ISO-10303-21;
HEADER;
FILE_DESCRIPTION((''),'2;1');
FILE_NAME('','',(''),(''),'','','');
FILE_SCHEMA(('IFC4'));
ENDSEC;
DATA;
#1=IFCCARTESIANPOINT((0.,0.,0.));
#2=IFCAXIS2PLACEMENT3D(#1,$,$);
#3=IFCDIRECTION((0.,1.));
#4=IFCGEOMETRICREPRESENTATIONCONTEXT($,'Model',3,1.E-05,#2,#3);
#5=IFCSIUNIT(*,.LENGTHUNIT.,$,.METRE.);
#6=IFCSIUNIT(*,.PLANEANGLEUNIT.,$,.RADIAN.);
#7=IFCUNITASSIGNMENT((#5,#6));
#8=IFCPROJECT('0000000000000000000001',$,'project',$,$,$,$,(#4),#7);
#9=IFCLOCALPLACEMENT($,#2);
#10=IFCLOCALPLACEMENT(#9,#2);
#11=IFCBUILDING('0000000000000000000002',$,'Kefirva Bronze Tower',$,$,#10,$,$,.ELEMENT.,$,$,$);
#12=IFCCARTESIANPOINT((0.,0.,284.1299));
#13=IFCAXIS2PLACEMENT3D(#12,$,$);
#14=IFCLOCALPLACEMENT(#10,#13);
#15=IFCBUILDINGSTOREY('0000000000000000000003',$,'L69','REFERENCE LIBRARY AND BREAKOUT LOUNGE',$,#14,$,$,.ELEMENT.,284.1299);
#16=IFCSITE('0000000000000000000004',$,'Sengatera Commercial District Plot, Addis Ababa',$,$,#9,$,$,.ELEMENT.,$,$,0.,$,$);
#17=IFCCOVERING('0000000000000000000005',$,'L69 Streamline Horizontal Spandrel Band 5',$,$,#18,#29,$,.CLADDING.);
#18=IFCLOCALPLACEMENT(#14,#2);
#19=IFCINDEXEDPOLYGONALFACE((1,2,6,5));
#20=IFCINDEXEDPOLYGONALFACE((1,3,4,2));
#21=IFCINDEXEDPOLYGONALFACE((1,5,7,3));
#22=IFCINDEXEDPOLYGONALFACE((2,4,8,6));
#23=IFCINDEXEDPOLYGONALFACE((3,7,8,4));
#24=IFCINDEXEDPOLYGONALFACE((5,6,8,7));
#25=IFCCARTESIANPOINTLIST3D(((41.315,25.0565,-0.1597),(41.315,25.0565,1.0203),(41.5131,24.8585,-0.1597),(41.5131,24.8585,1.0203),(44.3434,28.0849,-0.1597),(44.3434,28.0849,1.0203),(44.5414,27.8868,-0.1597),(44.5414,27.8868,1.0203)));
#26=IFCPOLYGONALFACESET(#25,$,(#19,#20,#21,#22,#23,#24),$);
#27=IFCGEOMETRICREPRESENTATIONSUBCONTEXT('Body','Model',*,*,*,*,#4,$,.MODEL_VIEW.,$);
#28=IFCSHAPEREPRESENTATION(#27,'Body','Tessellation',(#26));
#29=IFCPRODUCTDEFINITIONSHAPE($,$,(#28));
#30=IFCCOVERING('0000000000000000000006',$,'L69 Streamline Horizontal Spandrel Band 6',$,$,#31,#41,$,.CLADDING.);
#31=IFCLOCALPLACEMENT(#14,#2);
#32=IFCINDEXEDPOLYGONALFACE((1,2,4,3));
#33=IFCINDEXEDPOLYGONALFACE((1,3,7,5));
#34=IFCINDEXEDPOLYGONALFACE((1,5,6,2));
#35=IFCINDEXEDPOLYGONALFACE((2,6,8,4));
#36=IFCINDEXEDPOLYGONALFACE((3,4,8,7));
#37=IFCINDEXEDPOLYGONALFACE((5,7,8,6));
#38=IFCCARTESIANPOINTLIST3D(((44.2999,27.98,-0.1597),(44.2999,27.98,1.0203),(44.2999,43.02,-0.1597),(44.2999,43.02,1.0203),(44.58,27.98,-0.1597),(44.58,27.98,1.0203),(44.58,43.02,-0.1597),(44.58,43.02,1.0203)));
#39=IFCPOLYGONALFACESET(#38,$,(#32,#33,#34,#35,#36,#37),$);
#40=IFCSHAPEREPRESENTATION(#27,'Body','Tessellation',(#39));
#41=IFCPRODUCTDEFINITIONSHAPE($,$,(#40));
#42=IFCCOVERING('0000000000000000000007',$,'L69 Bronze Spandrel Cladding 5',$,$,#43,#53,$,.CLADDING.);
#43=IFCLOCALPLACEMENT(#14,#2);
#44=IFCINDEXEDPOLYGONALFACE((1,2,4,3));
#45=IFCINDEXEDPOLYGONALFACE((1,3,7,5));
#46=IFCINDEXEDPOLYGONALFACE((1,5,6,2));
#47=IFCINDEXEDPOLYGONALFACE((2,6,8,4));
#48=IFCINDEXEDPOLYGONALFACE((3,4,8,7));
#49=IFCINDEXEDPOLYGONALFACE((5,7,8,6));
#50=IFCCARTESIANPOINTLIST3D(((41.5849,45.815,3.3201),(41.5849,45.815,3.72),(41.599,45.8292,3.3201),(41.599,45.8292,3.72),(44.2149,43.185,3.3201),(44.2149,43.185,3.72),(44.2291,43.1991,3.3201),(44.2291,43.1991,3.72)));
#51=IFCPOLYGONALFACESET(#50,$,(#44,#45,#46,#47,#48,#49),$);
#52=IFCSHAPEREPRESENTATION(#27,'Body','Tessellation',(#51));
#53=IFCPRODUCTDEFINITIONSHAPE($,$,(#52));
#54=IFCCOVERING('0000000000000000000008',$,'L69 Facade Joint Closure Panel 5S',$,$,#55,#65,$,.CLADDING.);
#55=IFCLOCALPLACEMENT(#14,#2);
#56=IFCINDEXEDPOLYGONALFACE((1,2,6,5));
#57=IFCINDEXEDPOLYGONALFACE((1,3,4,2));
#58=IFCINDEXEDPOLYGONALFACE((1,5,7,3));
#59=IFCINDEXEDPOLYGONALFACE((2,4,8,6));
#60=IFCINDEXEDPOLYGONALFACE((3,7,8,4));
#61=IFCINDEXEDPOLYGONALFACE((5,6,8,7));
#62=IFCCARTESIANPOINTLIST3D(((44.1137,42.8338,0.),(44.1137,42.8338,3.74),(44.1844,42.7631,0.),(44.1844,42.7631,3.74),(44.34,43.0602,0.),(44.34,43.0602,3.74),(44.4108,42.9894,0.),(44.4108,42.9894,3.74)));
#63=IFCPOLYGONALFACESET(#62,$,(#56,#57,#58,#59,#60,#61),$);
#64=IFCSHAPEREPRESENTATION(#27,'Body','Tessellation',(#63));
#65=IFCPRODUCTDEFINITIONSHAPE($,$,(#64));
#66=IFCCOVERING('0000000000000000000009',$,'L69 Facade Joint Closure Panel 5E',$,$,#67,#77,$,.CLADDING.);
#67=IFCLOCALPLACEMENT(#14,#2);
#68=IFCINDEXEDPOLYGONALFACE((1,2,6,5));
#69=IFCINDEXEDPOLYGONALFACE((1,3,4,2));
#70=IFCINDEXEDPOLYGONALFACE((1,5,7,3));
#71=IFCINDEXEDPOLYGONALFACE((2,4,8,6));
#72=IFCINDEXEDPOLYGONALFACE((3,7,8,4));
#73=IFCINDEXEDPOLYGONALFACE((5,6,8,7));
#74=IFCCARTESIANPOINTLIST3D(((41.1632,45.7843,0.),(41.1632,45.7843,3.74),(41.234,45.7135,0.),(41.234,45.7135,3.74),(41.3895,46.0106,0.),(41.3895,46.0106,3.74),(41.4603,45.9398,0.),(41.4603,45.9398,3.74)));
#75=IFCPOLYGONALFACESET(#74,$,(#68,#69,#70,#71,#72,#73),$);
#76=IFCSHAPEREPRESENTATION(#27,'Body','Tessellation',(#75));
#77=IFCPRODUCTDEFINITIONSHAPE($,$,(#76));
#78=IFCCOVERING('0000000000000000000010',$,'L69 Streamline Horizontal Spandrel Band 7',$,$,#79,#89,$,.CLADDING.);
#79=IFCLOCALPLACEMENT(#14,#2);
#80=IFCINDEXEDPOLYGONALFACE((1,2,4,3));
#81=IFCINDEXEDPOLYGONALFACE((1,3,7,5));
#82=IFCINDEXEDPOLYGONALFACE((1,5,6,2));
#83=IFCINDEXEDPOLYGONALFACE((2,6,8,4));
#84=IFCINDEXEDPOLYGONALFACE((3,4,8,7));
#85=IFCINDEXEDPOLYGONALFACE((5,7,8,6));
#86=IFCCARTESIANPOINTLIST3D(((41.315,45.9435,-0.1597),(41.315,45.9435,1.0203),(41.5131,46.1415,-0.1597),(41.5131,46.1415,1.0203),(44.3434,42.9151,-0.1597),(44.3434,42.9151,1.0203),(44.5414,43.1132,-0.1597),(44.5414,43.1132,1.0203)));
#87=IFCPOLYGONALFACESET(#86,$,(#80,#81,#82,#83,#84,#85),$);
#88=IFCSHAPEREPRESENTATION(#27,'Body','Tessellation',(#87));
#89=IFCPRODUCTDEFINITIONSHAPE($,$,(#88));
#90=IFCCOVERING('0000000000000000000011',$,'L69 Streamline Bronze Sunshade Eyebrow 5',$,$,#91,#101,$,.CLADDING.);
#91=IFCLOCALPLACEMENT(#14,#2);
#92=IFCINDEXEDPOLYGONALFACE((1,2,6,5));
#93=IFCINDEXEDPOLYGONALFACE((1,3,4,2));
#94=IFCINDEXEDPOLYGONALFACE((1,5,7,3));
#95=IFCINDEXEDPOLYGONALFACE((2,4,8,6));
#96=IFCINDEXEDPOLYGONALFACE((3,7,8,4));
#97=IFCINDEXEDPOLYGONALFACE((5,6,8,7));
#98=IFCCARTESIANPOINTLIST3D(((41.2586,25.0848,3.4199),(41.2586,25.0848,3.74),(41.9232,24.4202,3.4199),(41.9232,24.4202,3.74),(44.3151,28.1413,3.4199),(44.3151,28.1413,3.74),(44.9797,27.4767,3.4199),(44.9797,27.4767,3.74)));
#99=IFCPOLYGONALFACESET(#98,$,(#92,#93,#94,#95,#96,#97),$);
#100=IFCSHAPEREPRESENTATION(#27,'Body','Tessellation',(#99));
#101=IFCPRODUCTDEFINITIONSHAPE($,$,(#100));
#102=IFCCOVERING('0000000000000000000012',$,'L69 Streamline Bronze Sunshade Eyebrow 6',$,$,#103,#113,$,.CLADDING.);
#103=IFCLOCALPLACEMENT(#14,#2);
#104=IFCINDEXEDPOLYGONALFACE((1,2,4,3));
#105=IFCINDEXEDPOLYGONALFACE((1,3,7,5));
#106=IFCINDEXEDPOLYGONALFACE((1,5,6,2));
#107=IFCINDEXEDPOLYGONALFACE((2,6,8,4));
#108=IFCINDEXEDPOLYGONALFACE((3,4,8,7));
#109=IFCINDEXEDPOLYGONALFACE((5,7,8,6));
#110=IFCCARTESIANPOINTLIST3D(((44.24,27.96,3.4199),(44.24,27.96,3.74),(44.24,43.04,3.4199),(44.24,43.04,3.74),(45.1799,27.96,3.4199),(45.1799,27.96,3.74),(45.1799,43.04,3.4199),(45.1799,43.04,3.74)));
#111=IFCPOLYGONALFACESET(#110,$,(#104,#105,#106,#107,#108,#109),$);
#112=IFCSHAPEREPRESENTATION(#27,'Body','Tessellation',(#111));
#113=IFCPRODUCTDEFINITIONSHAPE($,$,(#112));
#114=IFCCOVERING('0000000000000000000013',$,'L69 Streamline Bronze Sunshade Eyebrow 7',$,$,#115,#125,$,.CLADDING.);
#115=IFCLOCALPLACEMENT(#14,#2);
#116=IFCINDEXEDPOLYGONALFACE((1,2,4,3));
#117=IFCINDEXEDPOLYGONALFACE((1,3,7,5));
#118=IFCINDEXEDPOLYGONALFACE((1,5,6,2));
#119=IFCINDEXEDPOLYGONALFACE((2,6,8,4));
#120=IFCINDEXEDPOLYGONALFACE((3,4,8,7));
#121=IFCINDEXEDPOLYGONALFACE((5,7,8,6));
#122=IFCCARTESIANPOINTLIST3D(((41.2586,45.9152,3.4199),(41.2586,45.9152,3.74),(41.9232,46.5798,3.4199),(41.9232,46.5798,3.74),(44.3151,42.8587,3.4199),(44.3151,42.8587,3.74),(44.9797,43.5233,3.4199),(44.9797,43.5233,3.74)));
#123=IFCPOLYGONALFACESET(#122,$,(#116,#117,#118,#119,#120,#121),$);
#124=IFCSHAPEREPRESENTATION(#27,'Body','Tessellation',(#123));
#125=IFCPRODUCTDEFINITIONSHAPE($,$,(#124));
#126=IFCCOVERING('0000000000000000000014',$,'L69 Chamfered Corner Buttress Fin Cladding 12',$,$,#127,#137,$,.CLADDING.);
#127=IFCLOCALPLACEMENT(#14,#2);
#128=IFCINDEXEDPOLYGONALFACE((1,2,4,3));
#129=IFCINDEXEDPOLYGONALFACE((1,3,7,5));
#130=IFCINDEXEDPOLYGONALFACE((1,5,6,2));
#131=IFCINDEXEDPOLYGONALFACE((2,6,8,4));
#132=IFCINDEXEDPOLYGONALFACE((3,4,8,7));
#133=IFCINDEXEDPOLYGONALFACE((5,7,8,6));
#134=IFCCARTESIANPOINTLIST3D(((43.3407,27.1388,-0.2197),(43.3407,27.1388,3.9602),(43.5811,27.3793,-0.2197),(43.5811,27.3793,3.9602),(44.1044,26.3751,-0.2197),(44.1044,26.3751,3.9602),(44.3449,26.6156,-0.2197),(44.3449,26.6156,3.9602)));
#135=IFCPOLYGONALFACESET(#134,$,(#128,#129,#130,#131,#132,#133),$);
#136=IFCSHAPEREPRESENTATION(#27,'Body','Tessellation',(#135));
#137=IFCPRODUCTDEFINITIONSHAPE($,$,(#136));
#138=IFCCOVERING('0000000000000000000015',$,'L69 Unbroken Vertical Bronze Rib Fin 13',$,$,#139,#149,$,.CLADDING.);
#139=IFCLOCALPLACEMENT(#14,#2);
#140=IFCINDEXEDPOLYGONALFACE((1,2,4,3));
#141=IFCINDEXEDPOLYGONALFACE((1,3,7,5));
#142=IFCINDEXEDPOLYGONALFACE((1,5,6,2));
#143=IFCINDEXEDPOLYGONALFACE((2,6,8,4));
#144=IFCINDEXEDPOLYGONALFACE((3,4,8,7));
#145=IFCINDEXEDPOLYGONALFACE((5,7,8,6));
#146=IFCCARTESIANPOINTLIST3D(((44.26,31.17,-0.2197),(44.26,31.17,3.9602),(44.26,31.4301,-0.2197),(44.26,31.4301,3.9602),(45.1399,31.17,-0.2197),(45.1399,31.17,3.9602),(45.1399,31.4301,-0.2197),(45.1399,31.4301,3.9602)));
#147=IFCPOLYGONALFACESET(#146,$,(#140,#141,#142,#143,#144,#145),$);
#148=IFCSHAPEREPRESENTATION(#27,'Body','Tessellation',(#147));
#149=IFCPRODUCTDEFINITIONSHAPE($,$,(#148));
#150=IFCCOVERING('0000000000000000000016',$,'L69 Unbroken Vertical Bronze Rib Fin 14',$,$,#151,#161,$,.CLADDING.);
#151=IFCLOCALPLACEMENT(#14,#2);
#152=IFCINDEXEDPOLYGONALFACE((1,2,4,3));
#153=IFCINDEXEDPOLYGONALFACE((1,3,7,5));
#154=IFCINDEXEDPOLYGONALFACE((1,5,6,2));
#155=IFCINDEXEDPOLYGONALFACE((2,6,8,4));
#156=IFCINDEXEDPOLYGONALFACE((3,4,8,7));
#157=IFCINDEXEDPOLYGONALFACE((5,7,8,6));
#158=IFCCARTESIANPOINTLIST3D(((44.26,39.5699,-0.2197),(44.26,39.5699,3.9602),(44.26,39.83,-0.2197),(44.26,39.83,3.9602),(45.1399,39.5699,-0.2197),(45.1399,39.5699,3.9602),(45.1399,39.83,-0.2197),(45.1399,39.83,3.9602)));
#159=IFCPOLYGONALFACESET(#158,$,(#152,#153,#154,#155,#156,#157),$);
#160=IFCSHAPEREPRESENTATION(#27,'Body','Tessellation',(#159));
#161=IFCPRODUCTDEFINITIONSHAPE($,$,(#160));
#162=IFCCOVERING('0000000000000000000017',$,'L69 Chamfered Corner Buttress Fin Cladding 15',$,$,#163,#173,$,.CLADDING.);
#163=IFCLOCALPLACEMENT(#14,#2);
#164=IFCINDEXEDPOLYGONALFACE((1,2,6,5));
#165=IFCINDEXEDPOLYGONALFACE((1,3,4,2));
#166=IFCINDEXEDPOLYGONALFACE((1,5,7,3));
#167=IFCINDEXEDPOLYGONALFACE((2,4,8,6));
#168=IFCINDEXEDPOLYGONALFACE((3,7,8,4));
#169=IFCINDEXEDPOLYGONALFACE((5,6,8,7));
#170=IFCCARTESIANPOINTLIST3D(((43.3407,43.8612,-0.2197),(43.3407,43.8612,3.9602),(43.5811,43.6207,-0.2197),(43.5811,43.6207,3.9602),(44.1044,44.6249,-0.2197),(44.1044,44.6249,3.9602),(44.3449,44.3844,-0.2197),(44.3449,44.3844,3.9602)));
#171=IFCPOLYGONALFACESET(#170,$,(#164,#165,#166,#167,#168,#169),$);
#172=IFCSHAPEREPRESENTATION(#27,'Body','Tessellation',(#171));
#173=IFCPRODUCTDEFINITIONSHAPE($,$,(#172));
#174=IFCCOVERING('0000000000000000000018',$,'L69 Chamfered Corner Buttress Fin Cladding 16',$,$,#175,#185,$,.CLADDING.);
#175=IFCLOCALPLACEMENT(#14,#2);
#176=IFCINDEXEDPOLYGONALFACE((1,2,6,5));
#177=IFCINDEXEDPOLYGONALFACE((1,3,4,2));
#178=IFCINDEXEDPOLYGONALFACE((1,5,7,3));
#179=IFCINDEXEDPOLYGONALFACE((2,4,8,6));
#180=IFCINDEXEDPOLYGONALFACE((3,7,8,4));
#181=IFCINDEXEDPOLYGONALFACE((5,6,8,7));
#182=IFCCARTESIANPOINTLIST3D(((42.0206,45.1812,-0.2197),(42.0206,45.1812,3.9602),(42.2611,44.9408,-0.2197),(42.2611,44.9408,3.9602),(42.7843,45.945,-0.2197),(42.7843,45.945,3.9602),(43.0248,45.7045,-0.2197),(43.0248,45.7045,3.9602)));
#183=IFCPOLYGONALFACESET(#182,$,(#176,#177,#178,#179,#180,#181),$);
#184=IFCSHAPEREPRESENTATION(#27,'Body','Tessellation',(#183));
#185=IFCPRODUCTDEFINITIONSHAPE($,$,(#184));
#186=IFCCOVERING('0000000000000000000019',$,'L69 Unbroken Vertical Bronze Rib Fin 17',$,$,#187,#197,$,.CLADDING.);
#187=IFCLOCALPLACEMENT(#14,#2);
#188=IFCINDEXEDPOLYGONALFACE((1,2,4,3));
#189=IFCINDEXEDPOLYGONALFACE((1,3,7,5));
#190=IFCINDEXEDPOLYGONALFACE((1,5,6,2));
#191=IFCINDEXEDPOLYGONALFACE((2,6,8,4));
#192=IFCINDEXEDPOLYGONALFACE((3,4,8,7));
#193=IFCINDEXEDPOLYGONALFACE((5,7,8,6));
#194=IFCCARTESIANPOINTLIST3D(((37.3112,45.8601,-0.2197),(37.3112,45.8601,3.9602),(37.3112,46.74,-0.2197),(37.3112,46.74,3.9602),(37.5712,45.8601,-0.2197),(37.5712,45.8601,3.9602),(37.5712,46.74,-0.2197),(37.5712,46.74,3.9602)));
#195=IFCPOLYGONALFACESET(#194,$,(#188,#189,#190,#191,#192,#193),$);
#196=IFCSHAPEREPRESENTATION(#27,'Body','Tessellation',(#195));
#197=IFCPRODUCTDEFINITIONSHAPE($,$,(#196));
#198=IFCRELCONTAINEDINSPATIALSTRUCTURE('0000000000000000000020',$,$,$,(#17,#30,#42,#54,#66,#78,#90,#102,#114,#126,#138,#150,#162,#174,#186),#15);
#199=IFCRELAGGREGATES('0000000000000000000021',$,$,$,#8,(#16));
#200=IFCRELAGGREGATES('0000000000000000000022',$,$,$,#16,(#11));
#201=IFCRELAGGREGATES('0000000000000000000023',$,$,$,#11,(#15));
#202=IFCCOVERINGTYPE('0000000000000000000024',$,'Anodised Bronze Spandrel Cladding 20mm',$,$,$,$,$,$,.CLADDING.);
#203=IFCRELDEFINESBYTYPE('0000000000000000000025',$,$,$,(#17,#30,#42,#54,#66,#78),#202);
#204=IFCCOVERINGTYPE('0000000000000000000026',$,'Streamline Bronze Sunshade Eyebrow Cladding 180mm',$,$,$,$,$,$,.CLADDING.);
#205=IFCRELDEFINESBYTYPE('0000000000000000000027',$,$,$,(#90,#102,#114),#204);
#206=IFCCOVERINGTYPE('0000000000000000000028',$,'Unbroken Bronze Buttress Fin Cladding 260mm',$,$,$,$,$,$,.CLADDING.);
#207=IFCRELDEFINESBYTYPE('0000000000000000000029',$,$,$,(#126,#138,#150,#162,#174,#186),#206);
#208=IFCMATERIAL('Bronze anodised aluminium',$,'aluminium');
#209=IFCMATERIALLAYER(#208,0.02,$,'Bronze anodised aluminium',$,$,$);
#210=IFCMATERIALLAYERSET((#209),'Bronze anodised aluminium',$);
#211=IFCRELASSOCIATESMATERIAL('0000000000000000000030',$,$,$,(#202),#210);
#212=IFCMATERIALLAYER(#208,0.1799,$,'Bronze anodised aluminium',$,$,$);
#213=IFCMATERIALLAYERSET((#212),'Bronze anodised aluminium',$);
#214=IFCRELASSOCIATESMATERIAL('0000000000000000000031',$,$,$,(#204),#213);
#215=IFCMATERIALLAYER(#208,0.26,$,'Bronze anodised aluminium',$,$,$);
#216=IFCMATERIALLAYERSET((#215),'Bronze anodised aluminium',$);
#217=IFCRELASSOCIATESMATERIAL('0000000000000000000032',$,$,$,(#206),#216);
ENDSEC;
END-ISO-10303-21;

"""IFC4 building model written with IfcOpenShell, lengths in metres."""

from ifc_helpers import new_model, si_unit, direction, frame, origin, origin_2d, place, context, subcontext, project, spatial, rectangle, extrude, material, layer, layer_set, type_object, element, save


model = new_model("IFC4")

# Units and contexts
model_context = context("Model", 3, precision=1e-05, world=origin(), true_north=direction((0.0, 1.0)))
body_context = subcontext(model_context, "Body", "Model", "MODEL_VIEW")
ifc_project = project(units=[si_unit("LENGTHUNIT", "METRE"), si_unit("PLANEANGLEUNIT", "RADIAN")], contexts=[model_context])

# Site, building, storey
site_placement = place(None, origin())
site = spatial("IfcSite", under=ifc_project, at=site_placement, Name="Sengatera Commercial District Plot, Addis Ababa", CompositionType="ELEMENT", RefElevation=0.0)
building_placement = place(site_placement, origin())
building = spatial("IfcBuilding", under=site, at=building_placement, Name="Kefirva Bronze Tower", CompositionType="ELEMENT")
storey_placement = place(building_placement, frame((0.0, 0.0, 284.1299)))
storey = spatial("IfcBuildingStorey", under=building, at=storey_placement, Name="L69", Description="REFERENCE LIBRARY AND BREAKOUT LOUNGE", CompositionType="ELEMENT", Elevation=284.1299)

# Shared definitions
ifc_material_1 = material(Name="Bronze anodised aluminium", Category="aluminium")

# Coverings
ifc_layer_1 = layer(ifc_material_1, 0.02, Name="Bronze anodised aluminium")
ifc_layer_set_1 = layer_set([ifc_layer_1], Name="Bronze anodised aluminium")
covering_type_1 = type_object("IfcCoveringType", Name="Anodised Bronze Spandrel Cladding 20mm", PredefinedType="CLADDING", material=ifc_layer_set_1)
covering_1_placement = place(storey_placement, frame((42.9282, 26.4717, -0.1597), z_axis=(0.0, 0.0, 1.0), x_axis=(0.707107, 0.707107, 0.0)))
element("IfcCovering", 1, at=covering_1_placement, inside=storey, type_object=covering_type_1, Name="L69 Streamline Horizontal Spandrel Band 5", PredefinedType="CLADDING", context=body_context, shape_type="SweptSolid", body=[
    extrude(rectangle(XDim=4.2827, YDim=0.28, at=origin_2d()), origin(), (0.0, 0.0, 1.0), 1.1799),
])
covering_2_placement = place(storey_placement, frame((44.4399, 35.5, -0.1597), z_axis=(0.0, 0.0, 1.0), x_axis=(0.0, 1.0, 0.0)))
element("IfcCovering", 2, at=covering_2_placement, inside=storey, type_object=covering_type_1, Name="L69 Streamline Horizontal Spandrel Band 6", PredefinedType="CLADDING", context=body_context, shape_type="SweptSolid", body=[
    extrude(rectangle(XDim=15.04, YDim=0.28, at=origin_2d()), origin(), (0.0, 0.0, 1.0), 1.1799),
])
covering_3_placement = place(storey_placement, frame((42.907, 44.5071, 3.3201), z_axis=(0.0, 0.0, 1.0), x_axis=(-0.707107, 0.707107, 0.0)))
element("IfcCovering", 3, at=covering_3_placement, inside=storey, type_object=covering_type_1, Name="L69 Bronze Spandrel Cladding 5", PredefinedType="CLADDING", context=body_context, shape_type="SweptSolid", body=[
    extrude(rectangle(XDim=3.7195, YDim=0.02, at=origin_2d()), origin(), (0.0, 0.0, 1.0), 0.3999),
])
for number, where, z_axis, x_axis, name in (
    (4, (44.2622, 42.9116, 0.0), (0.0, 0.0, 1.0), (-0.707107, 0.707107, 0.0), "L69 Facade Joint Closure Panel 5S"),
    (5, (41.3118, 45.8621, 0.0), (0.0, 0.0, 1.0), (-0.707107, 0.707107, 0.0), "L69 Facade Joint Closure Panel 5E"),
):
    element("IfcCovering", number, at=place(storey_placement, frame(where, z_axis=z_axis, x_axis=x_axis)), inside=storey, type_object=covering_type_1, Name=name, PredefinedType="CLADDING", context=body_context, shape_type="SweptSolid", body=[
        extrude(rectangle(XDim=0.1001, YDim=0.3201, at=origin_2d()), origin(), (0.0, 0.0, 1.0), 3.74),
    ])
covering_4_placement = place(storey_placement, frame((42.9282, 44.5283, -0.1597), z_axis=(0.0, 0.0, 1.0), x_axis=(-0.707107, 0.707107, 0.0)))
element("IfcCovering", 6, at=covering_4_placement, inside=storey, type_object=covering_type_1, Name="L69 Streamline Horizontal Spandrel Band 7", PredefinedType="CLADDING", context=body_context, shape_type="SweptSolid", body=[
    extrude(rectangle(XDim=4.2827, YDim=0.28, at=origin_2d()), origin(), (0.0, 0.0, 1.0), 1.1799),
])
ifc_layer_2 = layer(ifc_material_1, 0.1799, Name="Bronze anodised aluminium")
ifc_layer_set_2 = layer_set([ifc_layer_2], Name="Bronze anodised aluminium")
covering_type_2 = type_object("IfcCoveringType", Name="Streamline Bronze Sunshade Eyebrow Cladding 180mm", PredefinedType="CLADDING", material=ifc_layer_set_2)
covering_5_placement = place(storey_placement, frame((43.1191, 26.2808, 3.4199), z_axis=(0.0, 0.0, 1.0), x_axis=(0.707107, 0.707107, 0.0)))
element("IfcCovering", 7, at=covering_5_placement, inside=storey, type_object=covering_type_2, Name="L69 Streamline Bronze Sunshade Eyebrow 5", PredefinedType="CLADDING", context=body_context, shape_type="SweptSolid", body=[
    extrude(rectangle(XDim=4.3225, YDim=0.9399, at=origin_2d()), origin(), (0.0, 0.0, 1.0), 0.3201),
])
covering_6_placement = place(storey_placement, frame((44.71, 35.5, 3.4199), z_axis=(0.0, 0.0, 1.0), x_axis=(0.0, 1.0, 0.0)))
element("IfcCovering", 8, at=covering_6_placement, inside=storey, type_object=covering_type_2, Name="L69 Streamline Bronze Sunshade Eyebrow 6", PredefinedType="CLADDING", context=body_context, shape_type="SweptSolid", body=[
    extrude(rectangle(XDim=15.0801, YDim=0.9399, at=origin_2d()), origin(), (0.0, 0.0, 1.0), 0.3201),
])
covering_7_placement = place(storey_placement, frame((43.1191, 44.7192, 3.4199), z_axis=(0.0, 0.0, 1.0), x_axis=(-0.707107, 0.707107, 0.0)))
element("IfcCovering", 9, at=covering_7_placement, inside=storey, type_object=covering_type_2, Name="L69 Streamline Bronze Sunshade Eyebrow 7", PredefinedType="CLADDING", context=body_context, shape_type="SweptSolid", body=[
    extrude(rectangle(XDim=4.3225, YDim=0.9399, at=origin_2d()), origin(), (0.0, 0.0, 1.0), 0.3201),
])
ifc_layer_3 = layer(ifc_material_1, 0.26, Name="Bronze anodised aluminium")
ifc_layer_set_3 = layer_set([ifc_layer_3], Name="Bronze anodised aluminium")
covering_type_3 = type_object("IfcCoveringType", Name="Unbroken Bronze Buttress Fin Cladding 260mm", PredefinedType="CLADDING", material=ifc_layer_set_3)
covering_8_placement = place(storey_placement, frame((43.8428, 26.8772, -0.2197), z_axis=(0.0, 0.0, 1.0), x_axis=(0.707107, 0.707107, 0.0)))
element("IfcCovering", 10, at=covering_8_placement, inside=storey, type_object=covering_type_3, Name="L69 Chamfered Corner Buttress Fin Cladding 12", PredefinedType="CLADDING", context=body_context, shape_type="SweptSolid", body=[
    extrude(rectangle(XDim=0.3401, YDim=1.0801, at=origin_2d()), origin(), (0.0, 0.0, 1.0), 4.1799),
])
for number, where, z_axis, x_axis, name in (
    (11, (44.7, 31.3, -0.2197), (0.0, 0.0, 1.0), (0.0, 1.0, 0.0), "L69 Unbroken Vertical Bronze Rib Fin 13"),
    (12, (44.7, 39.7, -0.2197), (0.0, 0.0, 1.0), (0.0, 1.0, 0.0), "L69 Unbroken Vertical Bronze Rib Fin 14"),
):
    element("IfcCovering", number, at=place(storey_placement, frame(where, z_axis=z_axis, x_axis=x_axis)), inside=storey, type_object=covering_type_3, Name=name, PredefinedType="CLADDING", context=body_context, shape_type="SweptSolid", body=[
        extrude(rectangle(XDim=0.26, YDim=0.8799, at=origin_2d()), origin(), (0.0, 0.0, 1.0), 4.1799),
    ])
for number, where, z_axis, x_axis, name in (
    (13, (43.8428, 44.1228, -0.2197), (0.0, 0.0, 1.0), (-0.707107, 0.707107, 0.0), "L69 Chamfered Corner Buttress Fin Cladding 15"),
    (14, (42.5227, 45.4429, -0.2197), (0.0, 0.0, 1.0), (-0.707107, 0.707107, 0.0), "L69 Chamfered Corner Buttress Fin Cladding 16"),
):
    element("IfcCovering", number, at=place(storey_placement, frame(where, z_axis=z_axis, x_axis=x_axis)), inside=storey, type_object=covering_type_3, Name=name, PredefinedType="CLADDING", context=body_context, shape_type="SweptSolid", body=[
        extrude(rectangle(XDim=0.3401, YDim=1.0801, at=origin_2d()), origin(), (0.0, 0.0, 1.0), 4.1799),
    ])
covering_9_placement = place(storey_placement, frame((37.4412, 46.3, -0.2197), z_axis=(0.0, 0.0, 1.0), x_axis=(-1.0, 0.0, 0.0)))
element("IfcCovering", 15, at=covering_9_placement, inside=storey, type_object=covering_type_3, Name="L69 Unbroken Vertical Bronze Rib Fin 17", PredefinedType="CLADDING", context=body_context, shape_type="SweptSolid", body=[
    extrude(rectangle(XDim=0.26, YDim=0.8799, at=origin_2d()), origin(), (0.0, 0.0, 1.0), 4.1799),
])

save(model, "model.ifc")
